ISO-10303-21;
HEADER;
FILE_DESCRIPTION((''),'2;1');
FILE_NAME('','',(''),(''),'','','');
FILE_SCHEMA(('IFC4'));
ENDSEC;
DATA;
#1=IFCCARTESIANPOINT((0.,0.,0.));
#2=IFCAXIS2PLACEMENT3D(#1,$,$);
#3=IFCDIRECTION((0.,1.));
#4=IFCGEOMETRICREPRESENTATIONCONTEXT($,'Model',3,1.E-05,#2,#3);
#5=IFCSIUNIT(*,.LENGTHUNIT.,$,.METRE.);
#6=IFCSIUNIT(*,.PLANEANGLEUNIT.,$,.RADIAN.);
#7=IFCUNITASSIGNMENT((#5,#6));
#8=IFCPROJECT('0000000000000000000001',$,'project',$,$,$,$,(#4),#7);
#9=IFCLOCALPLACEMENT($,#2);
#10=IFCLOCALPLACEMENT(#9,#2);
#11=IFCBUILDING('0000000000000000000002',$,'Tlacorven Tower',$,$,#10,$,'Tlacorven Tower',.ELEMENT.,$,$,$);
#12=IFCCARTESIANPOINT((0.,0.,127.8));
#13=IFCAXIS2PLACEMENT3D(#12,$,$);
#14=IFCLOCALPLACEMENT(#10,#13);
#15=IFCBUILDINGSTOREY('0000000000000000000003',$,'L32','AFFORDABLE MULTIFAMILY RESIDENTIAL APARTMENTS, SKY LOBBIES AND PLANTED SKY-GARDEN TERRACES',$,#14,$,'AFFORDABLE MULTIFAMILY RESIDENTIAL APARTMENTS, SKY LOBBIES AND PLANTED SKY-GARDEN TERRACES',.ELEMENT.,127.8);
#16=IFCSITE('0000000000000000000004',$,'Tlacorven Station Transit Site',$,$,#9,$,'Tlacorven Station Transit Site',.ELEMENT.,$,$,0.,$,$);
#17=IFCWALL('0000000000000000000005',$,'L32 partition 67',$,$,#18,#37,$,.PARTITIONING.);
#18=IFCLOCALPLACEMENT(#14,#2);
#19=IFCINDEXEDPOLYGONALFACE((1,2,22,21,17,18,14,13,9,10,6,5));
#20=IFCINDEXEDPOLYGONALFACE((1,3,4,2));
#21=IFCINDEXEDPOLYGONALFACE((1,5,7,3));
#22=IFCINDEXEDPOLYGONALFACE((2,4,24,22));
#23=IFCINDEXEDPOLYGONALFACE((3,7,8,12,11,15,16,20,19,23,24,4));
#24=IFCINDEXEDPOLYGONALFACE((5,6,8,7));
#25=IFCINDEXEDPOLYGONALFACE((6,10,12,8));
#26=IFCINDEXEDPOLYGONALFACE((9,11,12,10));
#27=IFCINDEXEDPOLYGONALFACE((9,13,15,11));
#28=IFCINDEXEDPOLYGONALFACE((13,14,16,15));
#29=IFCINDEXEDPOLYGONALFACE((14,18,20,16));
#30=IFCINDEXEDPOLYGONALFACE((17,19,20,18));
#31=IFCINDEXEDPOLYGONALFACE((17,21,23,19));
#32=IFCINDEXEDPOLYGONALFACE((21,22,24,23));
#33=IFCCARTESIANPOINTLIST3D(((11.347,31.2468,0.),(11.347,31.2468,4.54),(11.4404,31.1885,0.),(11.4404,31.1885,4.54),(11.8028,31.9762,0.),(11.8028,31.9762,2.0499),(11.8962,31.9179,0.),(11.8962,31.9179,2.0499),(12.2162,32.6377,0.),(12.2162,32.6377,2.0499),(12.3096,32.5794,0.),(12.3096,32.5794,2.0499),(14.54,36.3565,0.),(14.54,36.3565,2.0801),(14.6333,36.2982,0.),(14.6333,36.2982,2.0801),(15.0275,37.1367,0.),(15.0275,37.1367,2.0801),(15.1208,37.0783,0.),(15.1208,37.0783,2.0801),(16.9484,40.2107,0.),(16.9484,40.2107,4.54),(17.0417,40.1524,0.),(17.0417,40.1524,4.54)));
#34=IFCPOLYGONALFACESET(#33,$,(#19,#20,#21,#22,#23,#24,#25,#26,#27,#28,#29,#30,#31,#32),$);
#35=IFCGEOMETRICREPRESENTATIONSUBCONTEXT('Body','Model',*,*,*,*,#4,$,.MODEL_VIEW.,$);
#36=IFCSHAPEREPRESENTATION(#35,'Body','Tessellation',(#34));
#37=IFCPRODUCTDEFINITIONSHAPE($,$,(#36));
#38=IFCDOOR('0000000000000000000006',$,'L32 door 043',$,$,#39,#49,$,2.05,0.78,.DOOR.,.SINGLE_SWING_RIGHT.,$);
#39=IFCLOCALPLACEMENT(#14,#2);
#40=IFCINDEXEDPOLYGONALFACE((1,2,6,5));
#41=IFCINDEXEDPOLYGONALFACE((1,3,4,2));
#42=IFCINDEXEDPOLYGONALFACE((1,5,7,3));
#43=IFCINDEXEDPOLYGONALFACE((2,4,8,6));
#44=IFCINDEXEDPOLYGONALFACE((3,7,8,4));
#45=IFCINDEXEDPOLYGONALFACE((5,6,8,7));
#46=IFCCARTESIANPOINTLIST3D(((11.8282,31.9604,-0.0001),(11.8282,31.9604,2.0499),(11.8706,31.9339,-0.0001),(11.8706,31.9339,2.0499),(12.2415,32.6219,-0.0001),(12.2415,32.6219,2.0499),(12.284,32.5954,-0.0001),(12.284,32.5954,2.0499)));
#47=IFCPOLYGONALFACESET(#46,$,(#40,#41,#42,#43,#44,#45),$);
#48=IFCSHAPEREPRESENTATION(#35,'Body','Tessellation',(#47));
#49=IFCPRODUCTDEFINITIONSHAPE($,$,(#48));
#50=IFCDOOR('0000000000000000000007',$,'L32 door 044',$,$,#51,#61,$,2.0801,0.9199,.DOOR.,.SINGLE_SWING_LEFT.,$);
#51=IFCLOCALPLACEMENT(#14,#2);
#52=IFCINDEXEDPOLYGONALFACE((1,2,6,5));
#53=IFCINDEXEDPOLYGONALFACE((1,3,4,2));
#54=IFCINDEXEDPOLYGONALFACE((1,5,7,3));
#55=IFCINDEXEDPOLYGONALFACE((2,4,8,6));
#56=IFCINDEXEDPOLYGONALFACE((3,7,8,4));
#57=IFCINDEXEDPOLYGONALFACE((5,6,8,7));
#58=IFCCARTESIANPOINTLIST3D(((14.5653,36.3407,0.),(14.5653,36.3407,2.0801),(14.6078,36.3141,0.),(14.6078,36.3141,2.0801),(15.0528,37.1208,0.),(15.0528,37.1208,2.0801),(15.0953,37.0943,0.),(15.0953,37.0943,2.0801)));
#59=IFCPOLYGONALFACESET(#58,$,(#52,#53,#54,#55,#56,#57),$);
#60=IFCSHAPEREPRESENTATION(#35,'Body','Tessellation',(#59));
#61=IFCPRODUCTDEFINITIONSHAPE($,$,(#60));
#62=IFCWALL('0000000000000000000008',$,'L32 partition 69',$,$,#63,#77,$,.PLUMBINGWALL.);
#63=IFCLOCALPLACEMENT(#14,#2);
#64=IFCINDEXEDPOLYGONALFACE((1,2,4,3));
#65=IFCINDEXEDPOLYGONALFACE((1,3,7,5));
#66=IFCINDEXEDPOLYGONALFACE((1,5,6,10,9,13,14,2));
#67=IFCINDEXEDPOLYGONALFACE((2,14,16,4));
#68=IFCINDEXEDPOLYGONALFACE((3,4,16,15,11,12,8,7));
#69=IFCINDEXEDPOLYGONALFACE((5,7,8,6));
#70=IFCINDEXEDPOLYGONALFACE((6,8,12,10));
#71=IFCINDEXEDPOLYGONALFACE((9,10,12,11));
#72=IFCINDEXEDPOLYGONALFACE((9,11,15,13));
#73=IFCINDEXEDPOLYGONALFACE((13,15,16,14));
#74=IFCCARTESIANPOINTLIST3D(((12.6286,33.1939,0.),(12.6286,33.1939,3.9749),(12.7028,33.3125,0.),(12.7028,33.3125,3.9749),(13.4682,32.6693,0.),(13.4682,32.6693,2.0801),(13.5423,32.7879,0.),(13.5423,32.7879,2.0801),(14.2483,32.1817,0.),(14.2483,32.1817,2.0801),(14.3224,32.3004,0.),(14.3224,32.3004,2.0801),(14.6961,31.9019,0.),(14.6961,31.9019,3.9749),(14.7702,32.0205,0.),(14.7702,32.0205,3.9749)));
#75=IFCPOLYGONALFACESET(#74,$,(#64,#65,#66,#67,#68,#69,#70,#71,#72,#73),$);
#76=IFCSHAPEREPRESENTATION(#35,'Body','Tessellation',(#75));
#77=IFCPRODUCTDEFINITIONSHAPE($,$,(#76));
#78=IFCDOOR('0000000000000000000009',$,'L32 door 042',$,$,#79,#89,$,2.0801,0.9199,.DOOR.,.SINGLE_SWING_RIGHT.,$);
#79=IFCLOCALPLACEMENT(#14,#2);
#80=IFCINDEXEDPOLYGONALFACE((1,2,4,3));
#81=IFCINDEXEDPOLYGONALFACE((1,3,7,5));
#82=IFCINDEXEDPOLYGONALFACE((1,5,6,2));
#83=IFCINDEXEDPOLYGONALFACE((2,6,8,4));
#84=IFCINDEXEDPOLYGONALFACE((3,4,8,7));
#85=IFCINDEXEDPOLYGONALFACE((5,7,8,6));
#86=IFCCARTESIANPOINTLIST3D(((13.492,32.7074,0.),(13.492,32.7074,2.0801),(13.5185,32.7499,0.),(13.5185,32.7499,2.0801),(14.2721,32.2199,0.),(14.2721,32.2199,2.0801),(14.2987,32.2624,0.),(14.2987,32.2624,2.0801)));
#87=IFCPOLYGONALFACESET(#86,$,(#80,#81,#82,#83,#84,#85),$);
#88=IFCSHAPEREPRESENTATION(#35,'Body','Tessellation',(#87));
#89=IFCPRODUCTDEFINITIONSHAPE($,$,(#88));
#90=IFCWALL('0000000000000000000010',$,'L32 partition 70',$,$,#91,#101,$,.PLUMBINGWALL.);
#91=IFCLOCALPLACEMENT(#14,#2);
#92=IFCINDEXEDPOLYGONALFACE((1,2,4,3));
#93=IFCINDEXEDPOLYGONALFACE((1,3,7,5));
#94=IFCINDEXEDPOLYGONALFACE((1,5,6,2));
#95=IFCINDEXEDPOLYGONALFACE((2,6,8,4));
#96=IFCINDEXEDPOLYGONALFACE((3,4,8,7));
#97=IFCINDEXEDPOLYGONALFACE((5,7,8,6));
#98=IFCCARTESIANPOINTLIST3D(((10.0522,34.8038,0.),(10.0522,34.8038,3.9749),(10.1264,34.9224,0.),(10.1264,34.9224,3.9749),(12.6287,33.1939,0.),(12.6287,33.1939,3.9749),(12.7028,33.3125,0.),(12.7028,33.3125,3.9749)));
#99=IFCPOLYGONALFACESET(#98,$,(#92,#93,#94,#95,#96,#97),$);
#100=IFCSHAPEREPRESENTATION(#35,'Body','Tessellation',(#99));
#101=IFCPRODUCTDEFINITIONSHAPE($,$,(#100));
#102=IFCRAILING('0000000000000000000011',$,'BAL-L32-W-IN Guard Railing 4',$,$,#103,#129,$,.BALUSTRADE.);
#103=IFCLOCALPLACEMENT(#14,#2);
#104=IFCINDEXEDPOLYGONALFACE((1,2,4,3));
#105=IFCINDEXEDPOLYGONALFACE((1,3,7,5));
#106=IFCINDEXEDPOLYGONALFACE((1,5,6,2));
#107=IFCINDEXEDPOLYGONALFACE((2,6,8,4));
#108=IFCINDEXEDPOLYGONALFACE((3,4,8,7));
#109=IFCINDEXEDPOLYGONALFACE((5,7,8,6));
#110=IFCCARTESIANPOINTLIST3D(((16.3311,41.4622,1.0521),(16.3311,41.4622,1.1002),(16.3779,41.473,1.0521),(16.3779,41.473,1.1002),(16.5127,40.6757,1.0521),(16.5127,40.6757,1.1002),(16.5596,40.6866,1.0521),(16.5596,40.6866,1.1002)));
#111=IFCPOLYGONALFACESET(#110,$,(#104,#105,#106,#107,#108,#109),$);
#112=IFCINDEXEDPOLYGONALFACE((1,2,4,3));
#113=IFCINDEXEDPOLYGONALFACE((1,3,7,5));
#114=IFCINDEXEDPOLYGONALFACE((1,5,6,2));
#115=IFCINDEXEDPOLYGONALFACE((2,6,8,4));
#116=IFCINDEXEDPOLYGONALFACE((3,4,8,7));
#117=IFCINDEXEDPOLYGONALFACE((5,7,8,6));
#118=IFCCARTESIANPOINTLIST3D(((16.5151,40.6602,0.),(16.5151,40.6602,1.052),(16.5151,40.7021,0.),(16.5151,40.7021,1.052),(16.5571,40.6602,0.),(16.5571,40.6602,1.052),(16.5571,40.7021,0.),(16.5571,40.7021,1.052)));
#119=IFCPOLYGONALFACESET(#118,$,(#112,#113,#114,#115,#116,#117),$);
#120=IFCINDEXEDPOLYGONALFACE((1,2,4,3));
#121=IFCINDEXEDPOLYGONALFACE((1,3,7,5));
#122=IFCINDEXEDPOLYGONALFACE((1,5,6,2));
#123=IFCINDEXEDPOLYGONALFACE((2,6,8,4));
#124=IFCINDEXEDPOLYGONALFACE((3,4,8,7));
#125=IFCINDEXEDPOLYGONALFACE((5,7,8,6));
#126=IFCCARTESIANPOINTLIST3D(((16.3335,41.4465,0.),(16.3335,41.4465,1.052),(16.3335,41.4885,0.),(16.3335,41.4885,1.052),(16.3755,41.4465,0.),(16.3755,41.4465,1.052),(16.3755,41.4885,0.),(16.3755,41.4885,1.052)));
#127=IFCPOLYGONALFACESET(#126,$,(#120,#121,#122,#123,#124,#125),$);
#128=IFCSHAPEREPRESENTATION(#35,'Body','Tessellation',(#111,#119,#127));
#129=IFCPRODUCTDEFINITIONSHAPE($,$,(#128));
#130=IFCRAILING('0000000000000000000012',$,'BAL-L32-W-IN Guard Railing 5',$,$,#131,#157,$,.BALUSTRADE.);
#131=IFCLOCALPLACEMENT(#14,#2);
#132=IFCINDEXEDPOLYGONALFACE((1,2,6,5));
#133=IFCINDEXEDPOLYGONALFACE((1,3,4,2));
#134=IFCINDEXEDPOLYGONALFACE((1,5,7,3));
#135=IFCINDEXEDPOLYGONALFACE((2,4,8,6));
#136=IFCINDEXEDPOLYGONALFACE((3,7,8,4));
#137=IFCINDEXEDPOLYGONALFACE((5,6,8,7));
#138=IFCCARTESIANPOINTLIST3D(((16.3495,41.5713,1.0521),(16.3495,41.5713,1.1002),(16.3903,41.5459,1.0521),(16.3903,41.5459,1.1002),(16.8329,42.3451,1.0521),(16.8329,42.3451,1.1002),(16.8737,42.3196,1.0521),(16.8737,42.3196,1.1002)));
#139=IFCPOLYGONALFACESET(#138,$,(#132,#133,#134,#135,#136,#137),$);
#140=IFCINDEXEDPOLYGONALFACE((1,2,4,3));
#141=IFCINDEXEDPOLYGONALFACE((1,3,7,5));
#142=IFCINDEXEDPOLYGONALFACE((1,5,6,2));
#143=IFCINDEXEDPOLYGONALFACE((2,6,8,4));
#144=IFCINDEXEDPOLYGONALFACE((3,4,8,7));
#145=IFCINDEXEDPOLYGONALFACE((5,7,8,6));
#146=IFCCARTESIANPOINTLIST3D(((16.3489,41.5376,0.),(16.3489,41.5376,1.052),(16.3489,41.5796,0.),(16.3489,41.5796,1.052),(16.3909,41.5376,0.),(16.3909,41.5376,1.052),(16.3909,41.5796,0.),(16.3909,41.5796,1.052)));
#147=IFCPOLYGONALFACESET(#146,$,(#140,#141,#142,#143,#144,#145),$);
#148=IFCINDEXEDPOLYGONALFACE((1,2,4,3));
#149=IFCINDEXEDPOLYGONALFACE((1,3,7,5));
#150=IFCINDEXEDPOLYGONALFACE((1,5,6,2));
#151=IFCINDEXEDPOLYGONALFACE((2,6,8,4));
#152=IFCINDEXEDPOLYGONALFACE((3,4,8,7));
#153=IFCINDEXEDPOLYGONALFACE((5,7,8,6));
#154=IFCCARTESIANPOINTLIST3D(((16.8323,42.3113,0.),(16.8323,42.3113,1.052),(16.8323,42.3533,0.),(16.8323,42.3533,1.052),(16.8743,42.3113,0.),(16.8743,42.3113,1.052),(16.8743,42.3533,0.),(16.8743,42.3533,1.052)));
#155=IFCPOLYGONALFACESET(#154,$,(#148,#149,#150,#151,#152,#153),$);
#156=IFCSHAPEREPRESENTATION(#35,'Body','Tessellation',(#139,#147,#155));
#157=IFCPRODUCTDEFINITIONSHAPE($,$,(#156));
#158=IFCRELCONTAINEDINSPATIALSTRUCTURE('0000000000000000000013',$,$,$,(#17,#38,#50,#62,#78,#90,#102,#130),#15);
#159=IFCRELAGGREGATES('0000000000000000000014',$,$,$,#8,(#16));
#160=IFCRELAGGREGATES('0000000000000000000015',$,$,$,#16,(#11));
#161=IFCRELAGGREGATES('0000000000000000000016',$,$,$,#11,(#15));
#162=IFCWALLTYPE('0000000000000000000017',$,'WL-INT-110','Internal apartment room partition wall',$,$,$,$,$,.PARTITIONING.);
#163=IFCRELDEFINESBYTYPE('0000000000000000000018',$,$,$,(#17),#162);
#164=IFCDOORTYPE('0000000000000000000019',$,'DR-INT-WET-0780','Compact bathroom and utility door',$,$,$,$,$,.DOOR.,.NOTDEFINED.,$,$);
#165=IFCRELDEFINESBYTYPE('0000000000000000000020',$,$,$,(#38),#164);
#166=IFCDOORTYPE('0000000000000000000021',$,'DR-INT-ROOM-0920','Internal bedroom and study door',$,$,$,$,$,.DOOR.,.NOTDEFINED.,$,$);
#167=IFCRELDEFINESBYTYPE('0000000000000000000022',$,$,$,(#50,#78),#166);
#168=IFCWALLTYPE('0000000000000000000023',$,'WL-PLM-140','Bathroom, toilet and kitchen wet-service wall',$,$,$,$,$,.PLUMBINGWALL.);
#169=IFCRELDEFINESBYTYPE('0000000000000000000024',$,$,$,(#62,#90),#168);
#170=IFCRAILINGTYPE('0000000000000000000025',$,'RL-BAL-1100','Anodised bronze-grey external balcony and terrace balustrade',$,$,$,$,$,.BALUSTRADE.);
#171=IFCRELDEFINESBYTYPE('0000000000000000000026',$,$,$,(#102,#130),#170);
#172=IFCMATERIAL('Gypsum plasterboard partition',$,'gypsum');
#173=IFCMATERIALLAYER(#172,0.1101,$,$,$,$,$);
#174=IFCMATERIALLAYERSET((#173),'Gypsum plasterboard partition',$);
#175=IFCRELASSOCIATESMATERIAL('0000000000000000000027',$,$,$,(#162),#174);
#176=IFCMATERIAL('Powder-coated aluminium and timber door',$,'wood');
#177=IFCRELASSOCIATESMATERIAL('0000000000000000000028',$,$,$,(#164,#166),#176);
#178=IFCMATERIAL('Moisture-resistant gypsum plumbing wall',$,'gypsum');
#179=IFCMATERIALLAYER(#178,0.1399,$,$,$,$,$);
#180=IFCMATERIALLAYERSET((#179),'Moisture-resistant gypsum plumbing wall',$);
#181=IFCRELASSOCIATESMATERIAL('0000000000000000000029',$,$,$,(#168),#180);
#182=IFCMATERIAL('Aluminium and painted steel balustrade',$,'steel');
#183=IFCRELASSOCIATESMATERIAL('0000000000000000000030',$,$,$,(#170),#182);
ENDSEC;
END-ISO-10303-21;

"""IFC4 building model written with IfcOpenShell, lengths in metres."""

from ifc_helpers import new_model, si_unit, direction, frame, frame_2d, origin, origin_2d, place, context, subcontext, project, spatial, rectangle, extrude, source, transform, mapped, material, layer, layer_set, type_object, element, fill, save


model = new_model("IFC4")

# Units and contexts
model_context = context("Model", 3, precision=1e-05, world=origin(), true_north=direction((0.0, 1.0)))
body_context = subcontext(model_context, "Body", "Model", "MODEL_VIEW")
ifc_project = project(units=[si_unit("LENGTHUNIT", "METRE"), si_unit("PLANEANGLEUNIT", "RADIAN")], contexts=[model_context])

# Site, building, storey
site_placement = place(None, origin())
site = spatial("IfcSite", under=ifc_project, at=site_placement, Name="Tlacorven Station Transit Site", LongName="Tlacorven Station Transit Site", CompositionType="ELEMENT", RefElevation=0.0)
building_placement = place(site_placement, origin())
building = spatial("IfcBuilding", under=site, at=building_placement, Name="Tlacorven Tower", LongName="Tlacorven Tower", CompositionType="ELEMENT")
storey_placement = place(building_placement, frame((0.0, 0.0, 127.8)))
storey = spatial("IfcBuildingStorey", under=building, at=storey_placement, Name="L32", Description="AFFORDABLE MULTIFAMILY RESIDENTIAL APARTMENTS, SKY LOBBIES AND PLANTED SKY-GARDEN TERRACES", LongName="AFFORDABLE MULTIFAMILY RESIDENTIAL APARTMENTS, SKY LOBBIES AND PLANTED SKY-GARDEN TERRACES", CompositionType="ELEMENT", Elevation=127.8)

# Shared definitions
ifc_material_1 = material(Name="Powder-coated aluminium and timber door", Category="wood")

# Wall, openings, doors
ifc_material_2 = material(Name="Gypsum plasterboard partition", Category="gypsum")
ifc_layer_1 = layer(ifc_material_2, 0.1101)
ifc_layer_set_1 = layer_set([ifc_layer_1], Name="Gypsum plasterboard partition")
wall_type_1 = type_object("IfcWallType", Name="WL-INT-110", Description="Internal apartment room partition wall", PredefinedType="PARTITIONING", material=ifc_layer_set_1)
wall_1_placement = place(storey_placement, frame((16.9951, 40.1816, 0.0), z_axis=(0.0, 0.0, 1.0), x_axis=(-0.529924, -0.848045, 0.0)))
wall_1 = element("IfcWall", 1, at=wall_1_placement, inside=storey, type_object=wall_type_1, Name="L32 partition 67", PredefinedType="PARTITIONING", context=body_context, shape_type="SweptSolid", body=[
    extrude(rectangle(XDim=10.5701, YDim=0.1101, at=frame_2d((5.2852, 0.0))), origin(), (0.0, 0.0, 1.0), 4.54),
])
opening_1_placement = place(wall_1_placement, frame((8.9299, 0.0, 0.0)))
opening_1 = element("IfcOpeningElement", 2, at=opening_1_placement, cuts=wall_1, PredefinedType="OPENING", context=body_context, shape_type="SweptSolid", body=[
    extrude(rectangle(XDim=0.78, YDim=2.05, at=frame_2d((0.3901, 1.0249))), frame((0.0, 0.0649, 0.0), z_axis=(0.0, -1.0, 0.0), x_axis=(1.0, 0.0, 0.0)), (0.0, 0.0, 1.0), 0.1301),
])
opening_2_placement = place(wall_1_placement, frame((3.625, 0.0, 0.0)))
opening_2 = element("IfcOpeningElement", 3, at=opening_2_placement, cuts=wall_1, PredefinedType="OPENING", context=body_context, shape_type="SweptSolid", body=[
    extrude(rectangle(XDim=0.9199, YDim=2.0801, at=frame_2d((0.46, 1.04))), frame((0.0, 0.0649, 0.0), z_axis=(0.0, -1.0, 0.0), x_axis=(1.0, 0.0, 0.0)), (0.0, 0.0, 1.0), 0.1301),
])
door_type_1 = type_object("IfcDoorType", Name="DR-INT-WET-0780", Description="Compact bathroom and utility door", OperationType="NOTDEFINED", PredefinedType="DOOR", material=ifc_material_1)
shared_shape_1 = source(origin(), body_context, "Body", "SweptSolid", [
    extrude(rectangle(XDim=0.78, YDim=2.05, at=frame_2d((0.3901, 1.0249))), frame((0.0, 0.0249, 0.0), z_axis=(0.0, -1.0, 0.0), x_axis=(1.0, 0.0, 0.0)), (0.0, 0.0, 1.0), 0.05),
])
door_1_placement = place(opening_1_placement, origin())
door_1 = element("IfcDoor", 4, at=door_1_placement, inside=storey, type_object=door_type_1, Name="L32 door 043", OperationType="SINGLE_SWING_RIGHT", OverallHeight=2.05, OverallWidth=0.78, PredefinedType="DOOR", context=body_context, shape_type="MappedRepresentation", body=[
    mapped(shared_shape_1, transform((0.0, 0.0, 0.0), scale=1.0)),
])
fill(opening_1, door_1)
door_type_2 = type_object("IfcDoorType", Name="DR-INT-ROOM-0920", Description="Internal bedroom and study door", OperationType="NOTDEFINED", PredefinedType="DOOR", material=ifc_material_1)
shared_shape_2 = source(origin(), body_context, "Body", "SweptSolid", [
    extrude(rectangle(XDim=0.9199, YDim=2.0801, at=frame_2d((0.46, 1.04))), frame((0.0, 0.0249, 0.0), z_axis=(0.0, -1.0, 0.0), x_axis=(1.0, 0.0, 0.0)), (0.0, 0.0, 1.0), 0.05),
])
door_2_placement = place(opening_2_placement, origin())
door_2 = element("IfcDoor", 5, at=door_2_placement, inside=storey, type_object=door_type_2, Name="L32 door 044", OperationType="SINGLE_SWING_LEFT", OverallHeight=2.0801, OverallWidth=0.9199, PredefinedType="DOOR", context=body_context, shape_type="MappedRepresentation", body=[
    mapped(shared_shape_2, transform((0.0, 0.0, 0.0), scale=1.0)),
])
fill(opening_2, door_2)

# Wall, opening, door
ifc_material_3 = material(Name="Moisture-resistant gypsum plumbing wall", Category="gypsum")
ifc_layer_2 = layer(ifc_material_3, 0.1399)
ifc_layer_set_2 = layer_set([ifc_layer_2], Name="Moisture-resistant gypsum plumbing wall")
wall_type_2 = type_object("IfcWallType", Name="WL-PLM-140", Description="Bathroom, toilet and kitchen wet-service wall", PredefinedType="PLUMBINGWALL", material=ifc_layer_set_2)
wall_2_placement = place(storey_placement, frame((14.7332, 31.9612, 0.0), z_axis=(0.0, 0.0, 1.0), x_axis=(-0.848021, 0.529963, 0.0)))
wall_2 = element("IfcWall", 6, at=wall_2_placement, inside=storey, type_object=wall_type_2, Name="L32 partition 69", PredefinedType="PLUMBINGWALL", context=body_context, shape_type="SweptSolid", body=[
    extrude(rectangle(XDim=2.438, YDim=0.1399, at=frame_2d((1.219, 0.0))), origin(), (0.0, 0.0, 1.0), 3.9749),
])
opening_3_placement = place(wall_2_placement, frame((0.5281, 0.0, 0.0)))
opening_3 = element("IfcOpeningElement", 7, at=opening_3_placement, cuts=wall_2, PredefinedType="OPENING", context=body_context, shape_type="SweptSolid", body=[
    extrude(rectangle(XDim=0.9199, YDim=2.0801, at=frame_2d((0.46, 1.04))), frame((0.0, 0.0801, 0.0), z_axis=(0.0, -1.0, 0.0), x_axis=(1.0, 0.0, 0.0)), (0.0, 0.0, 1.0), 0.1599),
])
door_3_placement = place(opening_3_placement, origin())
door_3 = element("IfcDoor", 8, at=door_3_placement, inside=storey, type_object=door_type_2, Name="L32 door 042", OperationType="SINGLE_SWING_RIGHT", OverallHeight=2.0801, OverallWidth=0.9199, PredefinedType="DOOR", context=body_context, shape_type="MappedRepresentation", body=[
    mapped(shared_shape_2, transform((0.0, 0.0, 0.0), scale=1.0)),
])
fill(opening_3, door_3)

# Wall
wall_3_placement = place(storey_placement, frame((12.6658, 33.2532, 0.0), z_axis=(0.0, 0.0, 1.0), x_axis=(-0.848057, 0.529905, 0.0)))
element("IfcWall", 9, at=wall_3_placement, inside=storey, type_object=wall_type_2, Name="L32 partition 70", PredefinedType="PLUMBINGWALL", context=body_context, shape_type="SweptSolid", body=[
    extrude(rectangle(XDim=3.0381, YDim=0.1399, at=frame_2d((1.519, 0.0))), origin(), (0.0, 0.0, 1.0), 3.9749),
])

# Railings
ifc_material_4 = material(Name="Aluminium and painted steel balustrade", Category="steel")
railing_type = type_object("IfcRailingType", Name="RL-BAL-1100", Description="Anodised bronze-grey external balcony and terrace balustrade", PredefinedType="BALUSTRADE", material=ifc_material_4)
shared_shape_3 = source(origin(), body_context, "Body", "SweptSolid", [
    extrude(rectangle(XDim=0.0481, YDim=0.0481, at=origin_2d()), frame((0.0, 0.0, 1.0762), z_axis=(-0.225058, 0.974345, 0.0), x_axis=(-0.974345, -0.225058, 0.0)), (0.0, 0.0, 1.0), 0.8071),
    extrude(rectangle(XDim=0.042, YDim=0.042, at=origin_2d()), origin(), (0.0, 0.0, 1.0), 1.052),
    extrude(rectangle(XDim=0.042, YDim=0.042, at=origin_2d()), frame((-0.1816, 0.7864, 0.0)), (0.0, 0.0, 1.0), 1.052),
])
railing_1_placement = place(storey_placement, frame((16.5361, 40.6812, 0.0)))
element("IfcRailing", 10, at=railing_1_placement, inside=storey, type_object=railing_type, Name="BAL-L32-W-IN Guard Railing 4", PredefinedType="BALUSTRADE", context=body_context, shape_type="MappedRepresentation", body=[
    mapped(shared_shape_3, transform((0.0, 0.0, 0.0), scale=1.0)),
])
shared_shape_4 = source(origin(), body_context, "Body", "SweptSolid", [
    extrude(rectangle(XDim=0.0481, YDim=0.0481, at=origin_2d()), frame((0.0, 0.0, 1.0762), z_axis=(0.529879, 0.848073, 0.0), x_axis=(-0.848073, 0.529879, 0.0)), (0.0, 0.0, 1.0), 0.9124),
    extrude(rectangle(XDim=0.042, YDim=0.042, at=origin_2d()), origin(), (0.0, 0.0, 1.0), 1.052),
    extrude(rectangle(XDim=0.042, YDim=0.042, at=origin_2d()), frame((0.4834, 0.7737, 0.0)), (0.0, 0.0, 1.0), 1.052),
])
railing_2_placement = place(storey_placement, frame((16.3699, 41.5586, 0.0)))
element("IfcRailing", 11, at=railing_2_placement, inside=storey, type_object=railing_type, Name="BAL-L32-W-IN Guard Railing 5", PredefinedType="BALUSTRADE", context=body_context, shape_type="MappedRepresentation", body=[
    mapped(shared_shape_4, transform((0.0, 0.0, 0.0), scale=1.0)),
])

save(model, "model.ifc")
